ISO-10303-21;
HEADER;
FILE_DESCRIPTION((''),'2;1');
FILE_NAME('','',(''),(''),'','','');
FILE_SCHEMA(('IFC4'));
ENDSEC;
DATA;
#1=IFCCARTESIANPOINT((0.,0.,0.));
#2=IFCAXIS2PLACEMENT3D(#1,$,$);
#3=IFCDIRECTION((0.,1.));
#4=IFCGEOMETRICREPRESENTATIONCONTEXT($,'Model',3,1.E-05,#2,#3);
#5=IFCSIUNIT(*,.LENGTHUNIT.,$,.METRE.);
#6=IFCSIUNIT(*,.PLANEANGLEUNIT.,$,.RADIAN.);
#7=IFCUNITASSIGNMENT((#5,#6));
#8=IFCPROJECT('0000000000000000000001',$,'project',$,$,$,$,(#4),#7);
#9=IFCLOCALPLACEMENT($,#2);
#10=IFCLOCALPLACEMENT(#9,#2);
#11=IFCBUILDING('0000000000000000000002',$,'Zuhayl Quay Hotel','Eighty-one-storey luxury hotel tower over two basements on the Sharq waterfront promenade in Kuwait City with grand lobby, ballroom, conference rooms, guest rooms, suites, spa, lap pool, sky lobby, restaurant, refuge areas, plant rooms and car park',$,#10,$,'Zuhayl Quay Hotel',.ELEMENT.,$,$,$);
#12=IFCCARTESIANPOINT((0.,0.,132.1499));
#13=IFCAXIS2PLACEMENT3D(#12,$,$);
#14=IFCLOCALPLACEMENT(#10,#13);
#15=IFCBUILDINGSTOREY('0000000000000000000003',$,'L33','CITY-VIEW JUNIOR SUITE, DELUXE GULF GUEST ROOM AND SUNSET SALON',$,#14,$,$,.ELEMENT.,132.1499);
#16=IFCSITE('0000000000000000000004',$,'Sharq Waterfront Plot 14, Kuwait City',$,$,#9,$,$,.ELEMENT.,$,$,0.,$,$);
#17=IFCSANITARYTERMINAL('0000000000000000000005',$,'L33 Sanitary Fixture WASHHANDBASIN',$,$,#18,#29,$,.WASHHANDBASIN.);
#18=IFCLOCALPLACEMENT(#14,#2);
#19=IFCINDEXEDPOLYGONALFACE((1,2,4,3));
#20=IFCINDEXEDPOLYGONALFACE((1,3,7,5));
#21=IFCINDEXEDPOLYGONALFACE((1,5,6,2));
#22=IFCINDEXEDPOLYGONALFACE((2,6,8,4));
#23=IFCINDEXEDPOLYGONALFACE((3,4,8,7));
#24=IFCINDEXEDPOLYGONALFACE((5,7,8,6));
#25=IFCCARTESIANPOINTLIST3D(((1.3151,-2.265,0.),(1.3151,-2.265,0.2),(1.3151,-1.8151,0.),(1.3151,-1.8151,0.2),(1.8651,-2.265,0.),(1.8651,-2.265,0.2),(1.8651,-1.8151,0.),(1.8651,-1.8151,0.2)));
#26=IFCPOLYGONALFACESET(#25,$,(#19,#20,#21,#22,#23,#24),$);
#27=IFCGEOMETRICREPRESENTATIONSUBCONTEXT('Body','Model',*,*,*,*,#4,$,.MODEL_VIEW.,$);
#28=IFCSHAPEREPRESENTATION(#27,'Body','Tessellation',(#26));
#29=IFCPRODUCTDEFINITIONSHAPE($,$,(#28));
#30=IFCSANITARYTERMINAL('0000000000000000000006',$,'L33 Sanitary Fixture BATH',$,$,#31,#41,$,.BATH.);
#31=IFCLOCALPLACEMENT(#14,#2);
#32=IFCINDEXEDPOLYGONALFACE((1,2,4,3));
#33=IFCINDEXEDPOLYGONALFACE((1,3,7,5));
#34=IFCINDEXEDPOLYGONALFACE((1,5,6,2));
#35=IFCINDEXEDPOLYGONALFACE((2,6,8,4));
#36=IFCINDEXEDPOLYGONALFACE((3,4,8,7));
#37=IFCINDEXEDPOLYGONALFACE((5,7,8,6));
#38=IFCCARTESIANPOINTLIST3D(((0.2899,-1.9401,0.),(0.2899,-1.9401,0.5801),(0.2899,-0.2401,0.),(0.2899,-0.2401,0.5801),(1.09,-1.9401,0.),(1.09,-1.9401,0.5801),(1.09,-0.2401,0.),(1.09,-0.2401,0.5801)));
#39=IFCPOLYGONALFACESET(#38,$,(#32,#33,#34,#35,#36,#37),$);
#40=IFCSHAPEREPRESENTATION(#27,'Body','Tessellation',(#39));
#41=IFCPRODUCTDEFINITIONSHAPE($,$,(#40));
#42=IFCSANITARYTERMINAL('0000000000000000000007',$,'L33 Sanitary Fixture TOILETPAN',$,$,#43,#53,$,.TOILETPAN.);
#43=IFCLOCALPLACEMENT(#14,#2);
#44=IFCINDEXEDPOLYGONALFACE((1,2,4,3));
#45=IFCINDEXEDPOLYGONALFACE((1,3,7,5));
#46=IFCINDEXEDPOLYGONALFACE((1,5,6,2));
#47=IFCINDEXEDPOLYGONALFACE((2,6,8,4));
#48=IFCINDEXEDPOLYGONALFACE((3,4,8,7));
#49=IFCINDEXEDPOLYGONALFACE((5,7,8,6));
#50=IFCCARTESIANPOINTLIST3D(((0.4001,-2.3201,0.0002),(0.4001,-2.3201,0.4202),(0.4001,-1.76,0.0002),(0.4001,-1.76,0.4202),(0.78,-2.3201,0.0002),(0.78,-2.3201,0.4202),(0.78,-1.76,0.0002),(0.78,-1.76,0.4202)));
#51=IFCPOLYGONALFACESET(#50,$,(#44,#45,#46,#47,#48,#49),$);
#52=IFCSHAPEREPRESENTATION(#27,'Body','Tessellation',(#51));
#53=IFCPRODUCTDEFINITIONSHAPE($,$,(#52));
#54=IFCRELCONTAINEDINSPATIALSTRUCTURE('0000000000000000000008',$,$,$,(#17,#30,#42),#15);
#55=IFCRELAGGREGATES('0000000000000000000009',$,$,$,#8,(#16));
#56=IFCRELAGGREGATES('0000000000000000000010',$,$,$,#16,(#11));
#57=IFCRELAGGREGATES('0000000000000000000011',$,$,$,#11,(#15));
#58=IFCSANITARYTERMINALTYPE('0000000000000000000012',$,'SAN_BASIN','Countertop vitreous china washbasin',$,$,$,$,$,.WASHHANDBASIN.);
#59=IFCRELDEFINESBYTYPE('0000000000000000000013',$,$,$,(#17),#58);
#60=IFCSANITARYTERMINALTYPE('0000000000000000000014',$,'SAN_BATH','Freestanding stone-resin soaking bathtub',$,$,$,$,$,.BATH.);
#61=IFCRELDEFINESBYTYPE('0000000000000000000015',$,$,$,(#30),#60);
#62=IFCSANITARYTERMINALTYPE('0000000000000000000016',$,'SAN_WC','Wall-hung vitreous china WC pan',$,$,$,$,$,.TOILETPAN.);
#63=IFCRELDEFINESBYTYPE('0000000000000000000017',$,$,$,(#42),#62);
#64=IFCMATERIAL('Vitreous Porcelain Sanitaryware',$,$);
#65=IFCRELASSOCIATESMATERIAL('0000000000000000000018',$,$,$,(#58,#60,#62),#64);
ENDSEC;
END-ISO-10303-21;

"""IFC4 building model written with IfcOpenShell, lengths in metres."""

from ifc_helpers import new_model, si_unit, direction, frame, origin, origin_2d, place, context, subcontext, project, spatial, rectangle, extrude, material, type_object, element, save


model = new_model("IFC4")

# Units and contexts
model_context = context("Model", 3, precision=1e-05, world=origin(), true_north=direction((0.0, 1.0)))
body_context = subcontext(model_context, "Body", "Model", "MODEL_VIEW")
ifc_project = project(units=[si_unit("LENGTHUNIT", "METRE"), si_unit("PLANEANGLEUNIT", "RADIAN")], contexts=[model_context])

# Site, building, storey
site_placement = place(None, origin())
site = spatial("IfcSite", under=ifc_project, at=site_placement, Name="Sharq Waterfront Plot 14, Kuwait City", CompositionType="ELEMENT", RefElevation=0.0)
building_placement = place(site_placement, origin())
building = spatial("IfcBuilding", under=site, at=building_placement, Name="Zuhayl Quay Hotel", Description="Eighty-one-storey luxury hotel tower over two basements on the Sharq waterfront promenade in Kuwait City with grand lobby, ballroom, conference rooms, guest rooms, suites, spa, lap pool, sky lobby, restaurant, refuge areas, plant rooms and car park", LongName="Zuhayl Quay Hotel", CompositionType="ELEMENT")
storey_placement = place(building_placement, frame((0.0, 0.0, 132.1499)))
storey = spatial("IfcBuildingStorey", under=building, at=storey_placement, Name="L33", Description="CITY-VIEW JUNIOR SUITE, DELUXE GULF GUEST ROOM AND SUNSET SALON", CompositionType="ELEMENT", Elevation=132.1499)

# Sanitary terminals
ifc_material_1 = material(Name="Vitreous Porcelain Sanitaryware")
sanitary_terminal_type_1 = type_object("IfcSanitaryTerminalType", Name="SAN_BASIN", Description="Countertop vitreous china washbasin", PredefinedType="WASHHANDBASIN", material=ifc_material_1)
sanitary_terminal_1_placement = place(storey_placement, frame((1.5901, -2.04, 0.0), z_axis=(0.0, 0.0, 1.0), x_axis=(1.0, 0.0, 0.0)))
element("IfcSanitaryTerminal", 1, at=sanitary_terminal_1_placement, inside=storey, type_object=sanitary_terminal_type_1, Name="L33 Sanitary Fixture WASHHANDBASIN", PredefinedType="WASHHANDBASIN", context=body_context, shape_type="SweptSolid", body=[
    extrude(rectangle(XDim=0.55, YDim=0.45, at=origin_2d()), origin(), (0.0, 0.0, 1.0), 0.2),
])
sanitary_terminal_type_2 = type_object("IfcSanitaryTerminalType", Name="SAN_BATH", Description="Freestanding stone-resin soaking bathtub", PredefinedType="BATH", material=ifc_material_1)
sanitary_terminal_2_placement = place(storey_placement, frame((0.6899, -1.0901, 0.0), z_axis=(0.0, 0.0, 1.0), x_axis=(1.0, 0.0, 0.0)))
element("IfcSanitaryTerminal", 2, at=sanitary_terminal_2_placement, inside=storey, type_object=sanitary_terminal_type_2, Name="L33 Sanitary Fixture BATH", PredefinedType="BATH", context=body_context, shape_type="SweptSolid", body=[
    extrude(rectangle(XDim=0.8, YDim=1.7, at=origin_2d()), origin(), (0.0, 0.0, 1.0), 0.5801),
])
sanitary_terminal_type_3 = type_object("IfcSanitaryTerminalType", Name="SAN_WC", Description="Wall-hung vitreous china WC pan", PredefinedType="TOILETPAN", material=ifc_material_1)
sanitary_terminal_3_placement = place(storey_placement, frame((0.5901, -2.04, 0.0002), z_axis=(0.0, 0.0, 1.0), x_axis=(1.0, 0.0, 0.0)))
element("IfcSanitaryTerminal", 3, at=sanitary_terminal_3_placement, inside=storey, type_object=sanitary_terminal_type_3, Name="L33 Sanitary Fixture TOILETPAN", PredefinedType="TOILETPAN", context=body_context, shape_type="SweptSolid", body=[
    extrude(rectangle(XDim=0.3799, YDim=0.5601, at=origin_2d()), origin(), (0.0, 0.0, 1.0), 0.4199),
])

save(model, "model.ifc")
